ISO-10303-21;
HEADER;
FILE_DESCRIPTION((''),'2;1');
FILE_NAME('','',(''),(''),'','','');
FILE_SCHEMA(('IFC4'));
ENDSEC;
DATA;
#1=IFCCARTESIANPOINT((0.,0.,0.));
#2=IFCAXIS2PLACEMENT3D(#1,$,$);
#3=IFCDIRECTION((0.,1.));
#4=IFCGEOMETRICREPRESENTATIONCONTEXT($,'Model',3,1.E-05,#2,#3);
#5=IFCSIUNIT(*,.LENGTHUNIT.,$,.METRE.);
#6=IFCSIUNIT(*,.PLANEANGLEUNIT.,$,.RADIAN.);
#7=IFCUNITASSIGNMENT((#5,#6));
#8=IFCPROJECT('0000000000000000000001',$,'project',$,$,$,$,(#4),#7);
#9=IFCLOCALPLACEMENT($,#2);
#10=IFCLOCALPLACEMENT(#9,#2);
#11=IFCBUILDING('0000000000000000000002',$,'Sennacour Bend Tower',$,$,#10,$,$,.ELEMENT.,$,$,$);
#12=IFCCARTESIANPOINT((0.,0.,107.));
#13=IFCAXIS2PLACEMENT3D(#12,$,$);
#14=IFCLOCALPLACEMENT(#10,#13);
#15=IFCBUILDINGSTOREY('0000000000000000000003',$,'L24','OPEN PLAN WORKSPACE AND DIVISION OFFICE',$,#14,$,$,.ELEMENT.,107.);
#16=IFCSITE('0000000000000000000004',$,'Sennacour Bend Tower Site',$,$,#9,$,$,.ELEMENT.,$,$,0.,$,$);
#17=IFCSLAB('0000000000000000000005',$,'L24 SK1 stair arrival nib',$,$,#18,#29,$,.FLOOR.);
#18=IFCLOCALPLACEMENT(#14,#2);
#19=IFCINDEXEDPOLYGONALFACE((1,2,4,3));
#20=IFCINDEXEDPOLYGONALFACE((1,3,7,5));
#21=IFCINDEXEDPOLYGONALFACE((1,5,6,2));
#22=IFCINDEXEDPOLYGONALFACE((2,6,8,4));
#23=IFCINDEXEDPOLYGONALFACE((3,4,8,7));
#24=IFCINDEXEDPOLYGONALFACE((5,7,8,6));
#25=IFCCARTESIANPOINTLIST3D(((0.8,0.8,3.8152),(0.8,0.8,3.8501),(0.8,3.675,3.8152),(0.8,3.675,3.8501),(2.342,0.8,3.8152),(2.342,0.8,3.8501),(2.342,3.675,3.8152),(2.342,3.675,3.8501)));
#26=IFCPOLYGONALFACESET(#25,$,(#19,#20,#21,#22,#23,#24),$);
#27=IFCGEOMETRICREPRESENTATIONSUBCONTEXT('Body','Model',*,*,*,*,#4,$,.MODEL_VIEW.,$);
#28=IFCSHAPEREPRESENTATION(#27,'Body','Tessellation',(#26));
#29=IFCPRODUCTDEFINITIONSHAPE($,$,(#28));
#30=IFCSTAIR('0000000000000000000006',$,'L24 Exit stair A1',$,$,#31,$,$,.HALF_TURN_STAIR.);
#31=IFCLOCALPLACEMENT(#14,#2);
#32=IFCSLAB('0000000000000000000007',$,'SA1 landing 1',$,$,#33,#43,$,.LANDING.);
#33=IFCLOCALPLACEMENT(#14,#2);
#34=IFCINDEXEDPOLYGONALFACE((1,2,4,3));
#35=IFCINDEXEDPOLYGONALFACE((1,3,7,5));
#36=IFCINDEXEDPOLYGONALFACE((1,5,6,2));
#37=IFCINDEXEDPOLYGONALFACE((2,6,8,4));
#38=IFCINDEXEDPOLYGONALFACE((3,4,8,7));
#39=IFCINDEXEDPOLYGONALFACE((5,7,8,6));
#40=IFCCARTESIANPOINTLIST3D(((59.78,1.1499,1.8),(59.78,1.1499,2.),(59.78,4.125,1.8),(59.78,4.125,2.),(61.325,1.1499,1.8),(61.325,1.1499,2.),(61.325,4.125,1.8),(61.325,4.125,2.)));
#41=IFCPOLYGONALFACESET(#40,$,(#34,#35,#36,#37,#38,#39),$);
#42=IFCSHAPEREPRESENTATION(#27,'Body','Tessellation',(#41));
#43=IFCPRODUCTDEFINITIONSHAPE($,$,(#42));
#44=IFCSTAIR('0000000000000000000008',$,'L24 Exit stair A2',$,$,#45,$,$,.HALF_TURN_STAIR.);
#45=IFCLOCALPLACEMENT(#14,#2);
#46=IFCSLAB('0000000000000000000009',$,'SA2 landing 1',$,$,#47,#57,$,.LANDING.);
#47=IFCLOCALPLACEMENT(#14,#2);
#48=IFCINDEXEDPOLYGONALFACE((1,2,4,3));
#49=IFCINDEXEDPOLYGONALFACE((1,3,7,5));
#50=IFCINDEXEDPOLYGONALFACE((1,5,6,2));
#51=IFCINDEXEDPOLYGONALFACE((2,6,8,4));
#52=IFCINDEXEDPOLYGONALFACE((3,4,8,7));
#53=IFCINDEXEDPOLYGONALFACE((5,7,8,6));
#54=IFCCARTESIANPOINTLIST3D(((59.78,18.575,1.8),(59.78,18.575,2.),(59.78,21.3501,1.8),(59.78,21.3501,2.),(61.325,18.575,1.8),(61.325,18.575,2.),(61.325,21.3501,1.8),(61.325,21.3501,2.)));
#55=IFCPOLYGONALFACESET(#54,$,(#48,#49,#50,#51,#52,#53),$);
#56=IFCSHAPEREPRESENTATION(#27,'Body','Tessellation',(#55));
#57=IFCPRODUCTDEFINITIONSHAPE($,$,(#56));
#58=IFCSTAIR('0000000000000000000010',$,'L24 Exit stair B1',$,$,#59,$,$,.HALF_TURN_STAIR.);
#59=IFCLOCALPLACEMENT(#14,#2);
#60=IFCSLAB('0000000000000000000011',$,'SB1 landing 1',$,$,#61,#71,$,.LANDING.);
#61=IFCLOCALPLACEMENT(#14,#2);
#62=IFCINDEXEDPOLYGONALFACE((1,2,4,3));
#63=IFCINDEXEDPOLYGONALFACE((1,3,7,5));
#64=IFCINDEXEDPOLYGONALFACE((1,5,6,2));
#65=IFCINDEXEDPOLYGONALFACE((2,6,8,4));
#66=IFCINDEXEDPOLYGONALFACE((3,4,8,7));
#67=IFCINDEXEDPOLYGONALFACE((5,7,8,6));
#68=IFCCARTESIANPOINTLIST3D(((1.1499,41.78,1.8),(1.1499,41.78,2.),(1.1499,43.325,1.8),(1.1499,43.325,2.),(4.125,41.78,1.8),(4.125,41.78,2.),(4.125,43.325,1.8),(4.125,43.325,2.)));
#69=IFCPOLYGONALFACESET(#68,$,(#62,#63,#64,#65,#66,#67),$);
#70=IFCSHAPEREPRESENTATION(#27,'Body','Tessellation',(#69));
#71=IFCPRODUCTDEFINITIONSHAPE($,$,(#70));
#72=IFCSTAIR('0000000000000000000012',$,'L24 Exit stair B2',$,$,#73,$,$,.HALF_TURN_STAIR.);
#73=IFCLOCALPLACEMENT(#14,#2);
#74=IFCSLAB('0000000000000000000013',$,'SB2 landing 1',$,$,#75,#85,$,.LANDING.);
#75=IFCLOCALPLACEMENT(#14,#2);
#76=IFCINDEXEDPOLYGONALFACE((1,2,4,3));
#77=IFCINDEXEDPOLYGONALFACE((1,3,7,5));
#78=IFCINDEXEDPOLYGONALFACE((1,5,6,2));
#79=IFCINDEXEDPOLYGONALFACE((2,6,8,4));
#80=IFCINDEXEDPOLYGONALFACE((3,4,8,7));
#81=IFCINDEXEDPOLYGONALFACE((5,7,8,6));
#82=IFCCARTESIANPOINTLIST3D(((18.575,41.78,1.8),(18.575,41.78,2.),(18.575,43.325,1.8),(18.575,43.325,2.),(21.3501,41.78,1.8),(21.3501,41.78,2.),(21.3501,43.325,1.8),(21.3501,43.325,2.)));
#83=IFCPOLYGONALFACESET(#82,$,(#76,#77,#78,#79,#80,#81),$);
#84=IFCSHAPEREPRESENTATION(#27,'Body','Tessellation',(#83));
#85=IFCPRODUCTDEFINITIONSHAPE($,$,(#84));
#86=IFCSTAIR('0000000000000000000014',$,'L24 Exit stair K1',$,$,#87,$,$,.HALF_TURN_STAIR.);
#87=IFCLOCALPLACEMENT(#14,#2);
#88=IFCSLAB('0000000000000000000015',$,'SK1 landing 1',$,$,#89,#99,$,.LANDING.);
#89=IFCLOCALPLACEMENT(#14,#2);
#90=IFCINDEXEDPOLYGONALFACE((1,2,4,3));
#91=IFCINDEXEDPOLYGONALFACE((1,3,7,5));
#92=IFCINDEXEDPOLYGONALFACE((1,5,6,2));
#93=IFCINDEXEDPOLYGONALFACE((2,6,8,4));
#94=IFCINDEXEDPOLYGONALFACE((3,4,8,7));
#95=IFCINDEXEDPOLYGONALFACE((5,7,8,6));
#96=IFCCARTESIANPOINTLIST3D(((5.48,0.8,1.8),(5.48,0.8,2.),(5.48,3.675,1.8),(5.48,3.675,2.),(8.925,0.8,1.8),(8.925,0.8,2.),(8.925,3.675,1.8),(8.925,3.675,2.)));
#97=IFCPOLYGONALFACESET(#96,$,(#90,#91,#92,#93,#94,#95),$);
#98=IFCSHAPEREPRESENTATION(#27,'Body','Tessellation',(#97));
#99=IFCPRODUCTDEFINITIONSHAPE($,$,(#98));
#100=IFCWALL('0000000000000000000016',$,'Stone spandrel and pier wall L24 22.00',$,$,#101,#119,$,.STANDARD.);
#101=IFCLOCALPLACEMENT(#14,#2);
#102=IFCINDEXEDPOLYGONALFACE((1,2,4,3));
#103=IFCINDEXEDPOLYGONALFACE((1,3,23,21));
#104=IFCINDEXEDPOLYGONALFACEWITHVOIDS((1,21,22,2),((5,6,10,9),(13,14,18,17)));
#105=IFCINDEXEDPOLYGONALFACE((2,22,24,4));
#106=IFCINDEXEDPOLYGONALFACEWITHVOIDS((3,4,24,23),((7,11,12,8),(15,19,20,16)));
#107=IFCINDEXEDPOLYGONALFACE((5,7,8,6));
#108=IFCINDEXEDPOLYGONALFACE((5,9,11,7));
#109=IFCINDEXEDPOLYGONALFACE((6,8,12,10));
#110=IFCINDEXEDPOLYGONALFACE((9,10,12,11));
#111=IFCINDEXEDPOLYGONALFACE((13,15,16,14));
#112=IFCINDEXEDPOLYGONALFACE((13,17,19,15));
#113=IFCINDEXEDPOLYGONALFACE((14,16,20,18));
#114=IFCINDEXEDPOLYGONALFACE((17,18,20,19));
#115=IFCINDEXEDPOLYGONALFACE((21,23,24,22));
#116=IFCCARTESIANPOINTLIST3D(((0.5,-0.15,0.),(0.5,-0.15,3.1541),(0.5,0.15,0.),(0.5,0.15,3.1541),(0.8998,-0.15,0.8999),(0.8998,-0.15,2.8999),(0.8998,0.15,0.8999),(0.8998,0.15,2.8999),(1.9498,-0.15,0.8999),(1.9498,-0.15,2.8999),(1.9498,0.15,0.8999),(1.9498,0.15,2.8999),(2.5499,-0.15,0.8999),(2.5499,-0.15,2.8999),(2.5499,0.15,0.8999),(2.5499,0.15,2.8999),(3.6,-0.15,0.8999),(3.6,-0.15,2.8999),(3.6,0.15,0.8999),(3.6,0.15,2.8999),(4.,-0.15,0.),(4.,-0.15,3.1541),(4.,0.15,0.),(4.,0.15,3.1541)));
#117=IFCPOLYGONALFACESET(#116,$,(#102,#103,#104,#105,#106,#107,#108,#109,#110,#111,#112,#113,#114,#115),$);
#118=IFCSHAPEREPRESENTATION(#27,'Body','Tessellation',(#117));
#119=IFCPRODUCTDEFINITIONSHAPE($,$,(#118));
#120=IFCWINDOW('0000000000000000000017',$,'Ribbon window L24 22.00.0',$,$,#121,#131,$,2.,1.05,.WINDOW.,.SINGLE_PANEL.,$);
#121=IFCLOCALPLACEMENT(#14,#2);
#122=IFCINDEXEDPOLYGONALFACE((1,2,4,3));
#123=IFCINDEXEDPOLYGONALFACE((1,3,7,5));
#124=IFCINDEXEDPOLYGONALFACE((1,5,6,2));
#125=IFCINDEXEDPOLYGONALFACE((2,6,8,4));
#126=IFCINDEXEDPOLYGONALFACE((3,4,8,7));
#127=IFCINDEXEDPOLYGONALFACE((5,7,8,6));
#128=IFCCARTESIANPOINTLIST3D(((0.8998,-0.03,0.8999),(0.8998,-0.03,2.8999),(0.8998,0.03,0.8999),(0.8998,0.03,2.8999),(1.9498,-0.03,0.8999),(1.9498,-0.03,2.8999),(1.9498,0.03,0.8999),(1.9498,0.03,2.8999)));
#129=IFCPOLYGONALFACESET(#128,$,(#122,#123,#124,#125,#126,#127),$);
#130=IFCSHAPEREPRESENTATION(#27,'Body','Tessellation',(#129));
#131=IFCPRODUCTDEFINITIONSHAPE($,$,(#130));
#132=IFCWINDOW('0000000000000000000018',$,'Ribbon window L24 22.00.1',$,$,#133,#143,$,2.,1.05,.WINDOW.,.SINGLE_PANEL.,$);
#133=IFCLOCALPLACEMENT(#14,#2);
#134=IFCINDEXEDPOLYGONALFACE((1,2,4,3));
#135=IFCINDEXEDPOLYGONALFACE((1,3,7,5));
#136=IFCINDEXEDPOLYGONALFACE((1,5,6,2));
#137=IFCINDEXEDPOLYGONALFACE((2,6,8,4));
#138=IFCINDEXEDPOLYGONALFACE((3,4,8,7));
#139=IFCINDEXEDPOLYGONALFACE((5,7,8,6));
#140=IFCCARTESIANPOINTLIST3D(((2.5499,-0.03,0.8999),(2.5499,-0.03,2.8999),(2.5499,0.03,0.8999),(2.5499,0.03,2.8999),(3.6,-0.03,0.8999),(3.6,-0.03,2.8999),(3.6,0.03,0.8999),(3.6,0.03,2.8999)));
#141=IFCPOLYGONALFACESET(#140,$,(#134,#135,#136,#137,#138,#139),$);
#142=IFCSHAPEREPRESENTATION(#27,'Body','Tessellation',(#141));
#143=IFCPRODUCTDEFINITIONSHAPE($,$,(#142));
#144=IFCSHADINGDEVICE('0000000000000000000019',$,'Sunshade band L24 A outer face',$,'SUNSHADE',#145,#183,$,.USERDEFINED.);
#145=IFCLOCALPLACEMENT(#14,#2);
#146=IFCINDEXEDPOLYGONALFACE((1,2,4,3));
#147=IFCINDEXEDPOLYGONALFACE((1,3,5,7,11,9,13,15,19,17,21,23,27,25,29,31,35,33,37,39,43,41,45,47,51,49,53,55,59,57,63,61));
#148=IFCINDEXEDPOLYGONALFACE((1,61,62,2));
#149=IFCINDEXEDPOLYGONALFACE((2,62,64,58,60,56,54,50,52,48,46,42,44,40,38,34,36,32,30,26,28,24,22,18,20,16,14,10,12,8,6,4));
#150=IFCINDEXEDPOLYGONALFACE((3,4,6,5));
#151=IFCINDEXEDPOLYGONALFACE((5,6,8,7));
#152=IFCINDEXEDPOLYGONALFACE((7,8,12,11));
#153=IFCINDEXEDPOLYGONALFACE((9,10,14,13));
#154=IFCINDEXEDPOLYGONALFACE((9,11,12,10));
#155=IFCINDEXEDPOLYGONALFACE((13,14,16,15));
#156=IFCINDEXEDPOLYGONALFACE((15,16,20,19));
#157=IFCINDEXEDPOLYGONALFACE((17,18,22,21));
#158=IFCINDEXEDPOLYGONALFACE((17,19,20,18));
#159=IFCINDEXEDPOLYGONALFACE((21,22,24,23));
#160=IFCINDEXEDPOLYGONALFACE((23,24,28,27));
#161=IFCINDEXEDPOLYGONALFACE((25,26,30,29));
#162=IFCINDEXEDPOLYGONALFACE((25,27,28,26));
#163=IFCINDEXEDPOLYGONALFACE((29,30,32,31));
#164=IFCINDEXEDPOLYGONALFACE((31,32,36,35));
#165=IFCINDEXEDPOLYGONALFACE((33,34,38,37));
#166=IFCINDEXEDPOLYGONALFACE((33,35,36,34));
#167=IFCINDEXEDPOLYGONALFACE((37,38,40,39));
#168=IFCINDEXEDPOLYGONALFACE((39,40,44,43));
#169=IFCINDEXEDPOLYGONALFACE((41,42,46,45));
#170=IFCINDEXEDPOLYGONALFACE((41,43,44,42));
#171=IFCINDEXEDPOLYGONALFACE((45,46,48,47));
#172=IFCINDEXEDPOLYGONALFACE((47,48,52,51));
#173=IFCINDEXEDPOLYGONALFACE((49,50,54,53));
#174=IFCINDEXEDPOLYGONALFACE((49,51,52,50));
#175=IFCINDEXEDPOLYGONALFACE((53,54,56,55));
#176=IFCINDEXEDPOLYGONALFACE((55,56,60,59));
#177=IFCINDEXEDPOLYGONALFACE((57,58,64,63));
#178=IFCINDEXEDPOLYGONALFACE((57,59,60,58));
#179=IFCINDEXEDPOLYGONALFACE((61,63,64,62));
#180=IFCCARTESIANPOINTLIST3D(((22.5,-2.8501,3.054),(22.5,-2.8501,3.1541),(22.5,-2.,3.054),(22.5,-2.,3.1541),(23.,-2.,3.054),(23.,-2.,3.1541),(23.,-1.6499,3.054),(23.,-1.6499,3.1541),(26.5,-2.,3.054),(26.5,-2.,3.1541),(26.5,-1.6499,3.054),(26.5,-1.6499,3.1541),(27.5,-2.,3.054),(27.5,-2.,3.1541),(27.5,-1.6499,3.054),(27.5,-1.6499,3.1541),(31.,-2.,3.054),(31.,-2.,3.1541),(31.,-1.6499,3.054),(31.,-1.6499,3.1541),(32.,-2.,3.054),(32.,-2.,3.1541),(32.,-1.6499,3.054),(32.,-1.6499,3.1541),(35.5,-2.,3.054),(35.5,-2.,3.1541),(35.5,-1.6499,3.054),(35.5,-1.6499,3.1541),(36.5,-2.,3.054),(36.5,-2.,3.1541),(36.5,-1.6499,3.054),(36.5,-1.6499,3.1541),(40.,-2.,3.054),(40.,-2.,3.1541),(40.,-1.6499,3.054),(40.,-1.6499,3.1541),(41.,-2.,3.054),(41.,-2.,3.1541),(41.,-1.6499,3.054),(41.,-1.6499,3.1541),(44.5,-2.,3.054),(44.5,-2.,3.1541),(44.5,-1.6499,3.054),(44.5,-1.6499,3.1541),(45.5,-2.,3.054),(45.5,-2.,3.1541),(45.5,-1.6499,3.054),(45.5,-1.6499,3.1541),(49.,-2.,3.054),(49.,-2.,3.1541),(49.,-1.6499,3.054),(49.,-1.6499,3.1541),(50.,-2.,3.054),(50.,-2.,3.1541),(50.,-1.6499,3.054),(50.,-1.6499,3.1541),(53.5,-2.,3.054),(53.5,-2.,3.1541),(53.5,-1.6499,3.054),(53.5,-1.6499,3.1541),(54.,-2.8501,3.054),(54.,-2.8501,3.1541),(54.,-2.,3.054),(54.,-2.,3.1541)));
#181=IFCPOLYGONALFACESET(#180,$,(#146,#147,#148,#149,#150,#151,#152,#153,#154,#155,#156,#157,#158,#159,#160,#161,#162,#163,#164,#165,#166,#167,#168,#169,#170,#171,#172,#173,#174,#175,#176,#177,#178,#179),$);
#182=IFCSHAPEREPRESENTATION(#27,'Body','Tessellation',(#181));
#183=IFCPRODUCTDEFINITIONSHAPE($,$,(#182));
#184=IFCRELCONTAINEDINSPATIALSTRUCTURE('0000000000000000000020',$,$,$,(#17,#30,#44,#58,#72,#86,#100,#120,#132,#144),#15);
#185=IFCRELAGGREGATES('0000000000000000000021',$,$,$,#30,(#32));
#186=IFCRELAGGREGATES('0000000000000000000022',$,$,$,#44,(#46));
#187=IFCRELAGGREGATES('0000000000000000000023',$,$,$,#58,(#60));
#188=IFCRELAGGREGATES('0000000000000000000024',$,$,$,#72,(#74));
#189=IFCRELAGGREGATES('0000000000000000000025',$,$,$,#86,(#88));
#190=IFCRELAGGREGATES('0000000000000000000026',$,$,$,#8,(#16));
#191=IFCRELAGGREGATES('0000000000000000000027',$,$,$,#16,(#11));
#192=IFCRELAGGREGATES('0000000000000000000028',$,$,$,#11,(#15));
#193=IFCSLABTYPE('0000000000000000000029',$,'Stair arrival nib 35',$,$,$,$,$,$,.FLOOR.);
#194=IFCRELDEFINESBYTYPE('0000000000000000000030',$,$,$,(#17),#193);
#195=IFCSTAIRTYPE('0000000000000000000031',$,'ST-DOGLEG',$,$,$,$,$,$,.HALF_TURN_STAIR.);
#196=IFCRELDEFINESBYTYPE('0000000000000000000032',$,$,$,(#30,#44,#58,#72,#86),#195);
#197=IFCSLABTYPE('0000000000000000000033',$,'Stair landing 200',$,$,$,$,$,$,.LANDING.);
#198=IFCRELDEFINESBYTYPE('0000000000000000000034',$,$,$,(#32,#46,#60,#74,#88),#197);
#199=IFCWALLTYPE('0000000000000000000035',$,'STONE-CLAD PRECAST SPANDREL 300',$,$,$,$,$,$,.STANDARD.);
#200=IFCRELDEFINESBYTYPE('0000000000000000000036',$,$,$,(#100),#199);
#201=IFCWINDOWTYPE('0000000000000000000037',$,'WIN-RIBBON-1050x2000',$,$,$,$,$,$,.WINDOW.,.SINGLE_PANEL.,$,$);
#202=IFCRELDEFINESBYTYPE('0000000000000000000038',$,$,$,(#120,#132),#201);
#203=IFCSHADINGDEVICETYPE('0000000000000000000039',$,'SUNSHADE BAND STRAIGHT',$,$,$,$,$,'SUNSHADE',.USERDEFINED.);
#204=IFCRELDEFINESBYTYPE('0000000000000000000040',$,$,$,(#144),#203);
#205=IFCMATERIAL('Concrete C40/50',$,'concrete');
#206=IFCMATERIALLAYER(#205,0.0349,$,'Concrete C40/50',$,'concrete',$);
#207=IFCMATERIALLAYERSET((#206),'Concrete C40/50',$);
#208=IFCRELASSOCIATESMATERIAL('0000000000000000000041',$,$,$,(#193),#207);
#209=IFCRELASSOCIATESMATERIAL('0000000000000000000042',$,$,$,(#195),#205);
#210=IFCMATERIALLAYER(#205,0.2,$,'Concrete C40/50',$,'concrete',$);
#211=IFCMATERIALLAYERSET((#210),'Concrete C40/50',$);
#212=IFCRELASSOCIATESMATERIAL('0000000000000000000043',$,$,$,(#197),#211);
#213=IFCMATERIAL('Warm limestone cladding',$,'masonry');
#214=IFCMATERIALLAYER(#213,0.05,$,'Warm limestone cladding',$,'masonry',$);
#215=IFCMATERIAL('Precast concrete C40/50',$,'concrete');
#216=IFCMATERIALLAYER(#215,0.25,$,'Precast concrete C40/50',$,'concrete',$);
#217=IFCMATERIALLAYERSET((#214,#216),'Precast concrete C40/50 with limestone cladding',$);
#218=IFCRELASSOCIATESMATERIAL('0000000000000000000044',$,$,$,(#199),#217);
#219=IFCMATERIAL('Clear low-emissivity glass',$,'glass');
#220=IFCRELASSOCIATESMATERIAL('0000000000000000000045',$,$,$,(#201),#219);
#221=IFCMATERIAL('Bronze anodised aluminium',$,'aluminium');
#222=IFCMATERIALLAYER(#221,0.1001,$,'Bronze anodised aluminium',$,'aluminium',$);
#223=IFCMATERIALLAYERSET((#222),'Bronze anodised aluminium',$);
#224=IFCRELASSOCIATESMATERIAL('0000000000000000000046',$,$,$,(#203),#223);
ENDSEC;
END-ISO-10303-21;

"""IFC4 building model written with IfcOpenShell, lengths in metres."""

from ifc_helpers import new_model, si_unit, direction, frame, frame_2d, origin, place, context, subcontext, project, spatial, polyline, rectangle, outline, extrude, material, layer, layer_set, type_object, element, fill, aggregate, save


model = new_model("IFC4")

# Units and contexts
model_context = context("Model", 3, precision=1e-05, world=origin(), true_north=direction((0.0, 1.0)))
body_context = subcontext(model_context, "Body", "Model", "MODEL_VIEW")
ifc_project = project(units=[si_unit("LENGTHUNIT", "METRE"), si_unit("PLANEANGLEUNIT", "RADIAN")], contexts=[model_context])

# Site, building, storey
site_placement = place(None, origin())
site = spatial("IfcSite", under=ifc_project, at=site_placement, Name="Sennacour Bend Tower Site", CompositionType="ELEMENT", RefElevation=0.0)
building_placement = place(site_placement, origin())
building = spatial("IfcBuilding", under=site, at=building_placement, Name="Sennacour Bend Tower", CompositionType="ELEMENT")
storey_placement = place(building_placement, frame((0.0, 0.0, 107.0)))
storey = spatial("IfcBuildingStorey", under=building, at=storey_placement, Name="L24", Description="OPEN PLAN WORKSPACE AND DIVISION OFFICE", CompositionType="ELEMENT", Elevation=107.0)

# Slab
ifc_material_1 = material(Name="Concrete C40/50", Category="concrete")
ifc_layer_1 = layer(ifc_material_1, 0.0349, Name="Concrete C40/50", Category="concrete")
ifc_layer_set_1 = layer_set([ifc_layer_1], Name="Concrete C40/50")
slab_type_1 = type_object("IfcSlabType", Name="Stair arrival nib 35", PredefinedType="FLOOR", material=ifc_layer_set_1)
slab_1_placement = place(storey_placement, frame((0.0, 0.0, 3.8152)))
element("IfcSlab", 1, at=slab_1_placement, inside=storey, type_object=slab_type_1, Name="L24 SK1 stair arrival nib", PredefinedType="FLOOR", context=body_context, shape_type="SweptSolid", body=[
    extrude(outline(polyline([(2.342, 3.675), (0.8, 3.675), (0.8, 0.8), (2.342, 0.8), (2.342, 3.675)])), origin(), (0.0, 0.0, 1.0), 0.0349),
])

# Stairs, slabs
stair_type = type_object("IfcStairType", Name="ST-DOGLEG", PredefinedType="HALF_TURN_STAIR", material=ifc_material_1)
stair_1_placement = place(storey_placement, origin())
stair_1 = element("IfcStair", 2, at=stair_1_placement, inside=storey, type_object=stair_type, Name="L24 Exit stair A1", PredefinedType="HALF_TURN_STAIR")
ifc_layer_2 = layer(ifc_material_1, 0.2, Name="Concrete C40/50", Category="concrete")
ifc_layer_set_2 = layer_set([ifc_layer_2], Name="Concrete C40/50")
slab_type_2 = type_object("IfcSlabType", Name="Stair landing 200", PredefinedType="LANDING", material=ifc_layer_set_2)
slab_2_placement = place(storey_placement, frame((0.0, 0.0, 1.8)))
slab_2 = element("IfcSlab", 3, at=slab_2_placement, type_object=slab_type_2, Name="SA1 landing 1", PredefinedType="LANDING", context=body_context, shape_type="SweptSolid", body=[
    extrude(outline(polyline([(59.78, 1.1499), (61.325, 1.1499), (61.325, 4.125), (59.78, 4.125), (59.78, 1.1499)])), origin(), (0.0, 0.0, 1.0), 0.2),
])
aggregate(stair_1, [slab_2])
stair_2_placement = place(storey_placement, origin())
stair_2 = element("IfcStair", 4, at=stair_2_placement, inside=storey, type_object=stair_type, Name="L24 Exit stair A2", PredefinedType="HALF_TURN_STAIR")
slab_3_placement = place(storey_placement, frame((0.0, 0.0, 1.8)))
slab_3 = element("IfcSlab", 5, at=slab_3_placement, type_object=slab_type_2, Name="SA2 landing 1", PredefinedType="LANDING", context=body_context, shape_type="SweptSolid", body=[
    extrude(outline(polyline([(59.78, 18.575), (61.325, 18.575), (61.325, 21.3501), (59.78, 21.3501), (59.78, 18.575)])), origin(), (0.0, 0.0, 1.0), 0.2),
])
aggregate(stair_2, [slab_3])
stair_3_placement = place(storey_placement, origin())
stair_3 = element("IfcStair", 6, at=stair_3_placement, inside=storey, type_object=stair_type, Name="L24 Exit stair B1", PredefinedType="HALF_TURN_STAIR")
slab_4_placement = place(storey_placement, frame((0.0, 0.0, 1.8)))
slab_4 = element("IfcSlab", 7, at=slab_4_placement, type_object=slab_type_2, Name="SB1 landing 1", PredefinedType="LANDING", context=body_context, shape_type="SweptSolid", body=[
    extrude(outline(polyline([(1.1499, 41.78), (4.125, 41.78), (4.125, 43.325), (1.1499, 43.325), (1.1499, 41.78)])), origin(), (0.0, 0.0, 1.0), 0.2),
])
aggregate(stair_3, [slab_4])
stair_4_placement = place(storey_placement, origin())
stair_4 = element("IfcStair", 8, at=stair_4_placement, inside=storey, type_object=stair_type, Name="L24 Exit stair B2", PredefinedType="HALF_TURN_STAIR")
slab_5_placement = place(storey_placement, frame((0.0, 0.0, 1.8)))
slab_5 = element("IfcSlab", 9, at=slab_5_placement, type_object=slab_type_2, Name="SB2 landing 1", PredefinedType="LANDING", context=body_context, shape_type="SweptSolid", body=[
    extrude(outline(polyline([(18.575, 41.78), (21.3501, 41.78), (21.3501, 43.325), (18.575, 43.325), (18.575, 41.78)])), origin(), (0.0, 0.0, 1.0), 0.2),
])
aggregate(stair_4, [slab_5])
stair_5_placement = place(storey_placement, origin())
stair_5 = element("IfcStair", 10, at=stair_5_placement, inside=storey, type_object=stair_type, Name="L24 Exit stair K1", PredefinedType="HALF_TURN_STAIR")
slab_6_placement = place(storey_placement, frame((0.0, 0.0, 1.8)))
slab_6 = element("IfcSlab", 11, at=slab_6_placement, type_object=slab_type_2, Name="SK1 landing 1", PredefinedType="LANDING", context=body_context, shape_type="SweptSolid", body=[
    extrude(outline(polyline([(5.48, 0.8), (8.925, 0.8), (8.925, 3.675), (5.48, 3.675), (5.48, 0.8)])), origin(), (0.0, 0.0, 1.0), 0.2),
])
aggregate(stair_5, [slab_6])

# Wall, openings, windows
ifc_material_2 = material(Name="Warm limestone cladding", Category="masonry")
ifc_layer_3 = layer(ifc_material_2, 0.05, Name="Warm limestone cladding", Category="masonry")
ifc_material_3 = material(Name="Precast concrete C40/50", Category="concrete")
ifc_layer_4 = layer(ifc_material_3, 0.25, Name="Precast concrete C40/50", Category="concrete")
ifc_layer_set_3 = layer_set([ifc_layer_3, ifc_layer_4], Name="Precast concrete C40/50 with limestone cladding")
wall_type = type_object("IfcWallType", Name="STONE-CLAD PRECAST SPANDREL 300", PredefinedType="STANDARD", material=ifc_layer_set_3)
wall_placement = place(storey_placement, frame((0.5, 0.0, 0.0), z_axis=(0.0, 0.0, 1.0), x_axis=(1.0, 0.0, 0.0)))
wall = element("IfcWall", 12, at=wall_placement, inside=storey, type_object=wall_type, Name="Stone spandrel and pier wall L24 22.00", PredefinedType="STANDARD", context=body_context, shape_type="SweptSolid", body=[
    extrude(rectangle(XDim=3.5, YDim=0.3, at=frame_2d((1.75, 0.0))), origin(), (0.0, 0.0, 1.0), 3.1541),
])
opening_1_placement = place(wall_placement, frame((0.3999, 0.0, 0.8999)))
opening_1 = element("IfcOpeningElement", 13, at=opening_1_placement, cuts=wall, PredefinedType="OPENING", context=body_context, shape_type="SweptSolid", body=[
    extrude(rectangle(XDim=1.05, YDim=2.0, at=frame_2d((0.5249, 1.0))), frame((0.0, 0.1602, 0.0), z_axis=(0.0, -1.0, 0.0), x_axis=(1.0, 0.0, 0.0)), (0.0, 0.0, 1.0), 0.3201),
])
opening_2_placement = place(wall_placement, frame((2.05, 0.0, 0.8999)))
opening_2 = element("IfcOpeningElement", 14, at=opening_2_placement, cuts=wall, PredefinedType="OPENING", context=body_context, shape_type="SweptSolid", body=[
    extrude(rectangle(XDim=1.05, YDim=2.0, at=frame_2d((0.5249, 1.0))), frame((0.0, 0.1602, 0.0), z_axis=(0.0, -1.0, 0.0), x_axis=(1.0, 0.0, 0.0)), (0.0, 0.0, 1.0), 0.3201),
])
ifc_material_4 = material(Name="Clear low-emissivity glass", Category="glass")
window_type = type_object("IfcWindowType", Name="WIN-RIBBON-1050x2000", PartitioningType="SINGLE_PANEL", PredefinedType="WINDOW", material=ifc_material_4)
window_1_placement = place(opening_1_placement, origin())
window_1 = element("IfcWindow", 15, at=window_1_placement, inside=storey, type_object=window_type, Name="Ribbon window L24 22.00.0", OverallHeight=2.0, OverallWidth=1.05, PartitioningType="SINGLE_PANEL", PredefinedType="WINDOW", context=body_context, shape_type="SweptSolid", body=[
    extrude(rectangle(XDim=1.05, YDim=2.0, at=frame_2d((0.5249, 1.0))), frame((0.0, 0.03, 0.0), z_axis=(0.0, -1.0, 0.0), x_axis=(1.0, 0.0, 0.0)), (0.0, 0.0, 1.0), 0.0601),
])
fill(opening_1, window_1)
window_2_placement = place(opening_2_placement, origin())
window_2 = element("IfcWindow", 16, at=window_2_placement, inside=storey, type_object=window_type, Name="Ribbon window L24 22.00.1", OverallHeight=2.0, OverallWidth=1.05, PartitioningType="SINGLE_PANEL", PredefinedType="WINDOW", context=body_context, shape_type="SweptSolid", body=[
    extrude(rectangle(XDim=1.05, YDim=2.0, at=frame_2d((0.5249, 1.0))), frame((0.0, 0.03, 0.0), z_axis=(0.0, -1.0, 0.0), x_axis=(1.0, 0.0, 0.0)), (0.0, 0.0, 1.0), 0.0601),
])
fill(opening_2, window_2)

# Shading device
ifc_material_5 = material(Name="Bronze anodised aluminium", Category="aluminium")
ifc_layer_5 = layer(ifc_material_5, 0.1001, Name="Bronze anodised aluminium", Category="aluminium")
ifc_layer_set_4 = layer_set([ifc_layer_5], Name="Bronze anodised aluminium")
shading_device_type_1 = type_object("IfcShadingDeviceType", Name="SUNSHADE BAND STRAIGHT", ElementType="SUNSHADE", PredefinedType="USERDEFINED", material=ifc_layer_set_4)
shading_device_1_placement = place(storey_placement, frame((0.0, 0.0, 3.054)))
element("IfcShadingDevice", 17, at=shading_device_1_placement, inside=storey, type_object=shading_device_type_1, Name="Sunshade band L24 A outer face", ObjectType="SUNSHADE", PredefinedType="USERDEFINED", context=body_context, shape_type="SweptSolid", body=[
    extrude(outline(polyline([(26.5, -1.6499), (26.5, -2.0), (27.5, -2.0), (27.5, -1.6499), (31.0, -1.6499), (31.0, -2.0), (32.0, -2.0), (32.0, -1.6499), (35.5, -1.6499), (35.5, -2.0), (36.5, -2.0), (36.5, -1.6499), (40.0, -1.6499), (40.0, -2.0), (41.0, -2.0), (41.0, -1.6499), (44.5, -1.6499), (44.5, -2.0), (45.5, -2.0), (45.5, -1.6499), (49.0, -1.6499), (49.0, -2.0), (50.0, -2.0), (50.0, -1.6499), (53.5, -1.6499), (53.5, -2.0), (54.0, -2.0), (54.0, -2.8501), (22.5, -2.8501), (22.5, -2.0), (23.0, -2.0), (23.0, -1.6499), (26.5, -1.6499)])), origin(), (0.0, 0.0, 1.0), 0.1001),
])

save(model, "model.ifc")
